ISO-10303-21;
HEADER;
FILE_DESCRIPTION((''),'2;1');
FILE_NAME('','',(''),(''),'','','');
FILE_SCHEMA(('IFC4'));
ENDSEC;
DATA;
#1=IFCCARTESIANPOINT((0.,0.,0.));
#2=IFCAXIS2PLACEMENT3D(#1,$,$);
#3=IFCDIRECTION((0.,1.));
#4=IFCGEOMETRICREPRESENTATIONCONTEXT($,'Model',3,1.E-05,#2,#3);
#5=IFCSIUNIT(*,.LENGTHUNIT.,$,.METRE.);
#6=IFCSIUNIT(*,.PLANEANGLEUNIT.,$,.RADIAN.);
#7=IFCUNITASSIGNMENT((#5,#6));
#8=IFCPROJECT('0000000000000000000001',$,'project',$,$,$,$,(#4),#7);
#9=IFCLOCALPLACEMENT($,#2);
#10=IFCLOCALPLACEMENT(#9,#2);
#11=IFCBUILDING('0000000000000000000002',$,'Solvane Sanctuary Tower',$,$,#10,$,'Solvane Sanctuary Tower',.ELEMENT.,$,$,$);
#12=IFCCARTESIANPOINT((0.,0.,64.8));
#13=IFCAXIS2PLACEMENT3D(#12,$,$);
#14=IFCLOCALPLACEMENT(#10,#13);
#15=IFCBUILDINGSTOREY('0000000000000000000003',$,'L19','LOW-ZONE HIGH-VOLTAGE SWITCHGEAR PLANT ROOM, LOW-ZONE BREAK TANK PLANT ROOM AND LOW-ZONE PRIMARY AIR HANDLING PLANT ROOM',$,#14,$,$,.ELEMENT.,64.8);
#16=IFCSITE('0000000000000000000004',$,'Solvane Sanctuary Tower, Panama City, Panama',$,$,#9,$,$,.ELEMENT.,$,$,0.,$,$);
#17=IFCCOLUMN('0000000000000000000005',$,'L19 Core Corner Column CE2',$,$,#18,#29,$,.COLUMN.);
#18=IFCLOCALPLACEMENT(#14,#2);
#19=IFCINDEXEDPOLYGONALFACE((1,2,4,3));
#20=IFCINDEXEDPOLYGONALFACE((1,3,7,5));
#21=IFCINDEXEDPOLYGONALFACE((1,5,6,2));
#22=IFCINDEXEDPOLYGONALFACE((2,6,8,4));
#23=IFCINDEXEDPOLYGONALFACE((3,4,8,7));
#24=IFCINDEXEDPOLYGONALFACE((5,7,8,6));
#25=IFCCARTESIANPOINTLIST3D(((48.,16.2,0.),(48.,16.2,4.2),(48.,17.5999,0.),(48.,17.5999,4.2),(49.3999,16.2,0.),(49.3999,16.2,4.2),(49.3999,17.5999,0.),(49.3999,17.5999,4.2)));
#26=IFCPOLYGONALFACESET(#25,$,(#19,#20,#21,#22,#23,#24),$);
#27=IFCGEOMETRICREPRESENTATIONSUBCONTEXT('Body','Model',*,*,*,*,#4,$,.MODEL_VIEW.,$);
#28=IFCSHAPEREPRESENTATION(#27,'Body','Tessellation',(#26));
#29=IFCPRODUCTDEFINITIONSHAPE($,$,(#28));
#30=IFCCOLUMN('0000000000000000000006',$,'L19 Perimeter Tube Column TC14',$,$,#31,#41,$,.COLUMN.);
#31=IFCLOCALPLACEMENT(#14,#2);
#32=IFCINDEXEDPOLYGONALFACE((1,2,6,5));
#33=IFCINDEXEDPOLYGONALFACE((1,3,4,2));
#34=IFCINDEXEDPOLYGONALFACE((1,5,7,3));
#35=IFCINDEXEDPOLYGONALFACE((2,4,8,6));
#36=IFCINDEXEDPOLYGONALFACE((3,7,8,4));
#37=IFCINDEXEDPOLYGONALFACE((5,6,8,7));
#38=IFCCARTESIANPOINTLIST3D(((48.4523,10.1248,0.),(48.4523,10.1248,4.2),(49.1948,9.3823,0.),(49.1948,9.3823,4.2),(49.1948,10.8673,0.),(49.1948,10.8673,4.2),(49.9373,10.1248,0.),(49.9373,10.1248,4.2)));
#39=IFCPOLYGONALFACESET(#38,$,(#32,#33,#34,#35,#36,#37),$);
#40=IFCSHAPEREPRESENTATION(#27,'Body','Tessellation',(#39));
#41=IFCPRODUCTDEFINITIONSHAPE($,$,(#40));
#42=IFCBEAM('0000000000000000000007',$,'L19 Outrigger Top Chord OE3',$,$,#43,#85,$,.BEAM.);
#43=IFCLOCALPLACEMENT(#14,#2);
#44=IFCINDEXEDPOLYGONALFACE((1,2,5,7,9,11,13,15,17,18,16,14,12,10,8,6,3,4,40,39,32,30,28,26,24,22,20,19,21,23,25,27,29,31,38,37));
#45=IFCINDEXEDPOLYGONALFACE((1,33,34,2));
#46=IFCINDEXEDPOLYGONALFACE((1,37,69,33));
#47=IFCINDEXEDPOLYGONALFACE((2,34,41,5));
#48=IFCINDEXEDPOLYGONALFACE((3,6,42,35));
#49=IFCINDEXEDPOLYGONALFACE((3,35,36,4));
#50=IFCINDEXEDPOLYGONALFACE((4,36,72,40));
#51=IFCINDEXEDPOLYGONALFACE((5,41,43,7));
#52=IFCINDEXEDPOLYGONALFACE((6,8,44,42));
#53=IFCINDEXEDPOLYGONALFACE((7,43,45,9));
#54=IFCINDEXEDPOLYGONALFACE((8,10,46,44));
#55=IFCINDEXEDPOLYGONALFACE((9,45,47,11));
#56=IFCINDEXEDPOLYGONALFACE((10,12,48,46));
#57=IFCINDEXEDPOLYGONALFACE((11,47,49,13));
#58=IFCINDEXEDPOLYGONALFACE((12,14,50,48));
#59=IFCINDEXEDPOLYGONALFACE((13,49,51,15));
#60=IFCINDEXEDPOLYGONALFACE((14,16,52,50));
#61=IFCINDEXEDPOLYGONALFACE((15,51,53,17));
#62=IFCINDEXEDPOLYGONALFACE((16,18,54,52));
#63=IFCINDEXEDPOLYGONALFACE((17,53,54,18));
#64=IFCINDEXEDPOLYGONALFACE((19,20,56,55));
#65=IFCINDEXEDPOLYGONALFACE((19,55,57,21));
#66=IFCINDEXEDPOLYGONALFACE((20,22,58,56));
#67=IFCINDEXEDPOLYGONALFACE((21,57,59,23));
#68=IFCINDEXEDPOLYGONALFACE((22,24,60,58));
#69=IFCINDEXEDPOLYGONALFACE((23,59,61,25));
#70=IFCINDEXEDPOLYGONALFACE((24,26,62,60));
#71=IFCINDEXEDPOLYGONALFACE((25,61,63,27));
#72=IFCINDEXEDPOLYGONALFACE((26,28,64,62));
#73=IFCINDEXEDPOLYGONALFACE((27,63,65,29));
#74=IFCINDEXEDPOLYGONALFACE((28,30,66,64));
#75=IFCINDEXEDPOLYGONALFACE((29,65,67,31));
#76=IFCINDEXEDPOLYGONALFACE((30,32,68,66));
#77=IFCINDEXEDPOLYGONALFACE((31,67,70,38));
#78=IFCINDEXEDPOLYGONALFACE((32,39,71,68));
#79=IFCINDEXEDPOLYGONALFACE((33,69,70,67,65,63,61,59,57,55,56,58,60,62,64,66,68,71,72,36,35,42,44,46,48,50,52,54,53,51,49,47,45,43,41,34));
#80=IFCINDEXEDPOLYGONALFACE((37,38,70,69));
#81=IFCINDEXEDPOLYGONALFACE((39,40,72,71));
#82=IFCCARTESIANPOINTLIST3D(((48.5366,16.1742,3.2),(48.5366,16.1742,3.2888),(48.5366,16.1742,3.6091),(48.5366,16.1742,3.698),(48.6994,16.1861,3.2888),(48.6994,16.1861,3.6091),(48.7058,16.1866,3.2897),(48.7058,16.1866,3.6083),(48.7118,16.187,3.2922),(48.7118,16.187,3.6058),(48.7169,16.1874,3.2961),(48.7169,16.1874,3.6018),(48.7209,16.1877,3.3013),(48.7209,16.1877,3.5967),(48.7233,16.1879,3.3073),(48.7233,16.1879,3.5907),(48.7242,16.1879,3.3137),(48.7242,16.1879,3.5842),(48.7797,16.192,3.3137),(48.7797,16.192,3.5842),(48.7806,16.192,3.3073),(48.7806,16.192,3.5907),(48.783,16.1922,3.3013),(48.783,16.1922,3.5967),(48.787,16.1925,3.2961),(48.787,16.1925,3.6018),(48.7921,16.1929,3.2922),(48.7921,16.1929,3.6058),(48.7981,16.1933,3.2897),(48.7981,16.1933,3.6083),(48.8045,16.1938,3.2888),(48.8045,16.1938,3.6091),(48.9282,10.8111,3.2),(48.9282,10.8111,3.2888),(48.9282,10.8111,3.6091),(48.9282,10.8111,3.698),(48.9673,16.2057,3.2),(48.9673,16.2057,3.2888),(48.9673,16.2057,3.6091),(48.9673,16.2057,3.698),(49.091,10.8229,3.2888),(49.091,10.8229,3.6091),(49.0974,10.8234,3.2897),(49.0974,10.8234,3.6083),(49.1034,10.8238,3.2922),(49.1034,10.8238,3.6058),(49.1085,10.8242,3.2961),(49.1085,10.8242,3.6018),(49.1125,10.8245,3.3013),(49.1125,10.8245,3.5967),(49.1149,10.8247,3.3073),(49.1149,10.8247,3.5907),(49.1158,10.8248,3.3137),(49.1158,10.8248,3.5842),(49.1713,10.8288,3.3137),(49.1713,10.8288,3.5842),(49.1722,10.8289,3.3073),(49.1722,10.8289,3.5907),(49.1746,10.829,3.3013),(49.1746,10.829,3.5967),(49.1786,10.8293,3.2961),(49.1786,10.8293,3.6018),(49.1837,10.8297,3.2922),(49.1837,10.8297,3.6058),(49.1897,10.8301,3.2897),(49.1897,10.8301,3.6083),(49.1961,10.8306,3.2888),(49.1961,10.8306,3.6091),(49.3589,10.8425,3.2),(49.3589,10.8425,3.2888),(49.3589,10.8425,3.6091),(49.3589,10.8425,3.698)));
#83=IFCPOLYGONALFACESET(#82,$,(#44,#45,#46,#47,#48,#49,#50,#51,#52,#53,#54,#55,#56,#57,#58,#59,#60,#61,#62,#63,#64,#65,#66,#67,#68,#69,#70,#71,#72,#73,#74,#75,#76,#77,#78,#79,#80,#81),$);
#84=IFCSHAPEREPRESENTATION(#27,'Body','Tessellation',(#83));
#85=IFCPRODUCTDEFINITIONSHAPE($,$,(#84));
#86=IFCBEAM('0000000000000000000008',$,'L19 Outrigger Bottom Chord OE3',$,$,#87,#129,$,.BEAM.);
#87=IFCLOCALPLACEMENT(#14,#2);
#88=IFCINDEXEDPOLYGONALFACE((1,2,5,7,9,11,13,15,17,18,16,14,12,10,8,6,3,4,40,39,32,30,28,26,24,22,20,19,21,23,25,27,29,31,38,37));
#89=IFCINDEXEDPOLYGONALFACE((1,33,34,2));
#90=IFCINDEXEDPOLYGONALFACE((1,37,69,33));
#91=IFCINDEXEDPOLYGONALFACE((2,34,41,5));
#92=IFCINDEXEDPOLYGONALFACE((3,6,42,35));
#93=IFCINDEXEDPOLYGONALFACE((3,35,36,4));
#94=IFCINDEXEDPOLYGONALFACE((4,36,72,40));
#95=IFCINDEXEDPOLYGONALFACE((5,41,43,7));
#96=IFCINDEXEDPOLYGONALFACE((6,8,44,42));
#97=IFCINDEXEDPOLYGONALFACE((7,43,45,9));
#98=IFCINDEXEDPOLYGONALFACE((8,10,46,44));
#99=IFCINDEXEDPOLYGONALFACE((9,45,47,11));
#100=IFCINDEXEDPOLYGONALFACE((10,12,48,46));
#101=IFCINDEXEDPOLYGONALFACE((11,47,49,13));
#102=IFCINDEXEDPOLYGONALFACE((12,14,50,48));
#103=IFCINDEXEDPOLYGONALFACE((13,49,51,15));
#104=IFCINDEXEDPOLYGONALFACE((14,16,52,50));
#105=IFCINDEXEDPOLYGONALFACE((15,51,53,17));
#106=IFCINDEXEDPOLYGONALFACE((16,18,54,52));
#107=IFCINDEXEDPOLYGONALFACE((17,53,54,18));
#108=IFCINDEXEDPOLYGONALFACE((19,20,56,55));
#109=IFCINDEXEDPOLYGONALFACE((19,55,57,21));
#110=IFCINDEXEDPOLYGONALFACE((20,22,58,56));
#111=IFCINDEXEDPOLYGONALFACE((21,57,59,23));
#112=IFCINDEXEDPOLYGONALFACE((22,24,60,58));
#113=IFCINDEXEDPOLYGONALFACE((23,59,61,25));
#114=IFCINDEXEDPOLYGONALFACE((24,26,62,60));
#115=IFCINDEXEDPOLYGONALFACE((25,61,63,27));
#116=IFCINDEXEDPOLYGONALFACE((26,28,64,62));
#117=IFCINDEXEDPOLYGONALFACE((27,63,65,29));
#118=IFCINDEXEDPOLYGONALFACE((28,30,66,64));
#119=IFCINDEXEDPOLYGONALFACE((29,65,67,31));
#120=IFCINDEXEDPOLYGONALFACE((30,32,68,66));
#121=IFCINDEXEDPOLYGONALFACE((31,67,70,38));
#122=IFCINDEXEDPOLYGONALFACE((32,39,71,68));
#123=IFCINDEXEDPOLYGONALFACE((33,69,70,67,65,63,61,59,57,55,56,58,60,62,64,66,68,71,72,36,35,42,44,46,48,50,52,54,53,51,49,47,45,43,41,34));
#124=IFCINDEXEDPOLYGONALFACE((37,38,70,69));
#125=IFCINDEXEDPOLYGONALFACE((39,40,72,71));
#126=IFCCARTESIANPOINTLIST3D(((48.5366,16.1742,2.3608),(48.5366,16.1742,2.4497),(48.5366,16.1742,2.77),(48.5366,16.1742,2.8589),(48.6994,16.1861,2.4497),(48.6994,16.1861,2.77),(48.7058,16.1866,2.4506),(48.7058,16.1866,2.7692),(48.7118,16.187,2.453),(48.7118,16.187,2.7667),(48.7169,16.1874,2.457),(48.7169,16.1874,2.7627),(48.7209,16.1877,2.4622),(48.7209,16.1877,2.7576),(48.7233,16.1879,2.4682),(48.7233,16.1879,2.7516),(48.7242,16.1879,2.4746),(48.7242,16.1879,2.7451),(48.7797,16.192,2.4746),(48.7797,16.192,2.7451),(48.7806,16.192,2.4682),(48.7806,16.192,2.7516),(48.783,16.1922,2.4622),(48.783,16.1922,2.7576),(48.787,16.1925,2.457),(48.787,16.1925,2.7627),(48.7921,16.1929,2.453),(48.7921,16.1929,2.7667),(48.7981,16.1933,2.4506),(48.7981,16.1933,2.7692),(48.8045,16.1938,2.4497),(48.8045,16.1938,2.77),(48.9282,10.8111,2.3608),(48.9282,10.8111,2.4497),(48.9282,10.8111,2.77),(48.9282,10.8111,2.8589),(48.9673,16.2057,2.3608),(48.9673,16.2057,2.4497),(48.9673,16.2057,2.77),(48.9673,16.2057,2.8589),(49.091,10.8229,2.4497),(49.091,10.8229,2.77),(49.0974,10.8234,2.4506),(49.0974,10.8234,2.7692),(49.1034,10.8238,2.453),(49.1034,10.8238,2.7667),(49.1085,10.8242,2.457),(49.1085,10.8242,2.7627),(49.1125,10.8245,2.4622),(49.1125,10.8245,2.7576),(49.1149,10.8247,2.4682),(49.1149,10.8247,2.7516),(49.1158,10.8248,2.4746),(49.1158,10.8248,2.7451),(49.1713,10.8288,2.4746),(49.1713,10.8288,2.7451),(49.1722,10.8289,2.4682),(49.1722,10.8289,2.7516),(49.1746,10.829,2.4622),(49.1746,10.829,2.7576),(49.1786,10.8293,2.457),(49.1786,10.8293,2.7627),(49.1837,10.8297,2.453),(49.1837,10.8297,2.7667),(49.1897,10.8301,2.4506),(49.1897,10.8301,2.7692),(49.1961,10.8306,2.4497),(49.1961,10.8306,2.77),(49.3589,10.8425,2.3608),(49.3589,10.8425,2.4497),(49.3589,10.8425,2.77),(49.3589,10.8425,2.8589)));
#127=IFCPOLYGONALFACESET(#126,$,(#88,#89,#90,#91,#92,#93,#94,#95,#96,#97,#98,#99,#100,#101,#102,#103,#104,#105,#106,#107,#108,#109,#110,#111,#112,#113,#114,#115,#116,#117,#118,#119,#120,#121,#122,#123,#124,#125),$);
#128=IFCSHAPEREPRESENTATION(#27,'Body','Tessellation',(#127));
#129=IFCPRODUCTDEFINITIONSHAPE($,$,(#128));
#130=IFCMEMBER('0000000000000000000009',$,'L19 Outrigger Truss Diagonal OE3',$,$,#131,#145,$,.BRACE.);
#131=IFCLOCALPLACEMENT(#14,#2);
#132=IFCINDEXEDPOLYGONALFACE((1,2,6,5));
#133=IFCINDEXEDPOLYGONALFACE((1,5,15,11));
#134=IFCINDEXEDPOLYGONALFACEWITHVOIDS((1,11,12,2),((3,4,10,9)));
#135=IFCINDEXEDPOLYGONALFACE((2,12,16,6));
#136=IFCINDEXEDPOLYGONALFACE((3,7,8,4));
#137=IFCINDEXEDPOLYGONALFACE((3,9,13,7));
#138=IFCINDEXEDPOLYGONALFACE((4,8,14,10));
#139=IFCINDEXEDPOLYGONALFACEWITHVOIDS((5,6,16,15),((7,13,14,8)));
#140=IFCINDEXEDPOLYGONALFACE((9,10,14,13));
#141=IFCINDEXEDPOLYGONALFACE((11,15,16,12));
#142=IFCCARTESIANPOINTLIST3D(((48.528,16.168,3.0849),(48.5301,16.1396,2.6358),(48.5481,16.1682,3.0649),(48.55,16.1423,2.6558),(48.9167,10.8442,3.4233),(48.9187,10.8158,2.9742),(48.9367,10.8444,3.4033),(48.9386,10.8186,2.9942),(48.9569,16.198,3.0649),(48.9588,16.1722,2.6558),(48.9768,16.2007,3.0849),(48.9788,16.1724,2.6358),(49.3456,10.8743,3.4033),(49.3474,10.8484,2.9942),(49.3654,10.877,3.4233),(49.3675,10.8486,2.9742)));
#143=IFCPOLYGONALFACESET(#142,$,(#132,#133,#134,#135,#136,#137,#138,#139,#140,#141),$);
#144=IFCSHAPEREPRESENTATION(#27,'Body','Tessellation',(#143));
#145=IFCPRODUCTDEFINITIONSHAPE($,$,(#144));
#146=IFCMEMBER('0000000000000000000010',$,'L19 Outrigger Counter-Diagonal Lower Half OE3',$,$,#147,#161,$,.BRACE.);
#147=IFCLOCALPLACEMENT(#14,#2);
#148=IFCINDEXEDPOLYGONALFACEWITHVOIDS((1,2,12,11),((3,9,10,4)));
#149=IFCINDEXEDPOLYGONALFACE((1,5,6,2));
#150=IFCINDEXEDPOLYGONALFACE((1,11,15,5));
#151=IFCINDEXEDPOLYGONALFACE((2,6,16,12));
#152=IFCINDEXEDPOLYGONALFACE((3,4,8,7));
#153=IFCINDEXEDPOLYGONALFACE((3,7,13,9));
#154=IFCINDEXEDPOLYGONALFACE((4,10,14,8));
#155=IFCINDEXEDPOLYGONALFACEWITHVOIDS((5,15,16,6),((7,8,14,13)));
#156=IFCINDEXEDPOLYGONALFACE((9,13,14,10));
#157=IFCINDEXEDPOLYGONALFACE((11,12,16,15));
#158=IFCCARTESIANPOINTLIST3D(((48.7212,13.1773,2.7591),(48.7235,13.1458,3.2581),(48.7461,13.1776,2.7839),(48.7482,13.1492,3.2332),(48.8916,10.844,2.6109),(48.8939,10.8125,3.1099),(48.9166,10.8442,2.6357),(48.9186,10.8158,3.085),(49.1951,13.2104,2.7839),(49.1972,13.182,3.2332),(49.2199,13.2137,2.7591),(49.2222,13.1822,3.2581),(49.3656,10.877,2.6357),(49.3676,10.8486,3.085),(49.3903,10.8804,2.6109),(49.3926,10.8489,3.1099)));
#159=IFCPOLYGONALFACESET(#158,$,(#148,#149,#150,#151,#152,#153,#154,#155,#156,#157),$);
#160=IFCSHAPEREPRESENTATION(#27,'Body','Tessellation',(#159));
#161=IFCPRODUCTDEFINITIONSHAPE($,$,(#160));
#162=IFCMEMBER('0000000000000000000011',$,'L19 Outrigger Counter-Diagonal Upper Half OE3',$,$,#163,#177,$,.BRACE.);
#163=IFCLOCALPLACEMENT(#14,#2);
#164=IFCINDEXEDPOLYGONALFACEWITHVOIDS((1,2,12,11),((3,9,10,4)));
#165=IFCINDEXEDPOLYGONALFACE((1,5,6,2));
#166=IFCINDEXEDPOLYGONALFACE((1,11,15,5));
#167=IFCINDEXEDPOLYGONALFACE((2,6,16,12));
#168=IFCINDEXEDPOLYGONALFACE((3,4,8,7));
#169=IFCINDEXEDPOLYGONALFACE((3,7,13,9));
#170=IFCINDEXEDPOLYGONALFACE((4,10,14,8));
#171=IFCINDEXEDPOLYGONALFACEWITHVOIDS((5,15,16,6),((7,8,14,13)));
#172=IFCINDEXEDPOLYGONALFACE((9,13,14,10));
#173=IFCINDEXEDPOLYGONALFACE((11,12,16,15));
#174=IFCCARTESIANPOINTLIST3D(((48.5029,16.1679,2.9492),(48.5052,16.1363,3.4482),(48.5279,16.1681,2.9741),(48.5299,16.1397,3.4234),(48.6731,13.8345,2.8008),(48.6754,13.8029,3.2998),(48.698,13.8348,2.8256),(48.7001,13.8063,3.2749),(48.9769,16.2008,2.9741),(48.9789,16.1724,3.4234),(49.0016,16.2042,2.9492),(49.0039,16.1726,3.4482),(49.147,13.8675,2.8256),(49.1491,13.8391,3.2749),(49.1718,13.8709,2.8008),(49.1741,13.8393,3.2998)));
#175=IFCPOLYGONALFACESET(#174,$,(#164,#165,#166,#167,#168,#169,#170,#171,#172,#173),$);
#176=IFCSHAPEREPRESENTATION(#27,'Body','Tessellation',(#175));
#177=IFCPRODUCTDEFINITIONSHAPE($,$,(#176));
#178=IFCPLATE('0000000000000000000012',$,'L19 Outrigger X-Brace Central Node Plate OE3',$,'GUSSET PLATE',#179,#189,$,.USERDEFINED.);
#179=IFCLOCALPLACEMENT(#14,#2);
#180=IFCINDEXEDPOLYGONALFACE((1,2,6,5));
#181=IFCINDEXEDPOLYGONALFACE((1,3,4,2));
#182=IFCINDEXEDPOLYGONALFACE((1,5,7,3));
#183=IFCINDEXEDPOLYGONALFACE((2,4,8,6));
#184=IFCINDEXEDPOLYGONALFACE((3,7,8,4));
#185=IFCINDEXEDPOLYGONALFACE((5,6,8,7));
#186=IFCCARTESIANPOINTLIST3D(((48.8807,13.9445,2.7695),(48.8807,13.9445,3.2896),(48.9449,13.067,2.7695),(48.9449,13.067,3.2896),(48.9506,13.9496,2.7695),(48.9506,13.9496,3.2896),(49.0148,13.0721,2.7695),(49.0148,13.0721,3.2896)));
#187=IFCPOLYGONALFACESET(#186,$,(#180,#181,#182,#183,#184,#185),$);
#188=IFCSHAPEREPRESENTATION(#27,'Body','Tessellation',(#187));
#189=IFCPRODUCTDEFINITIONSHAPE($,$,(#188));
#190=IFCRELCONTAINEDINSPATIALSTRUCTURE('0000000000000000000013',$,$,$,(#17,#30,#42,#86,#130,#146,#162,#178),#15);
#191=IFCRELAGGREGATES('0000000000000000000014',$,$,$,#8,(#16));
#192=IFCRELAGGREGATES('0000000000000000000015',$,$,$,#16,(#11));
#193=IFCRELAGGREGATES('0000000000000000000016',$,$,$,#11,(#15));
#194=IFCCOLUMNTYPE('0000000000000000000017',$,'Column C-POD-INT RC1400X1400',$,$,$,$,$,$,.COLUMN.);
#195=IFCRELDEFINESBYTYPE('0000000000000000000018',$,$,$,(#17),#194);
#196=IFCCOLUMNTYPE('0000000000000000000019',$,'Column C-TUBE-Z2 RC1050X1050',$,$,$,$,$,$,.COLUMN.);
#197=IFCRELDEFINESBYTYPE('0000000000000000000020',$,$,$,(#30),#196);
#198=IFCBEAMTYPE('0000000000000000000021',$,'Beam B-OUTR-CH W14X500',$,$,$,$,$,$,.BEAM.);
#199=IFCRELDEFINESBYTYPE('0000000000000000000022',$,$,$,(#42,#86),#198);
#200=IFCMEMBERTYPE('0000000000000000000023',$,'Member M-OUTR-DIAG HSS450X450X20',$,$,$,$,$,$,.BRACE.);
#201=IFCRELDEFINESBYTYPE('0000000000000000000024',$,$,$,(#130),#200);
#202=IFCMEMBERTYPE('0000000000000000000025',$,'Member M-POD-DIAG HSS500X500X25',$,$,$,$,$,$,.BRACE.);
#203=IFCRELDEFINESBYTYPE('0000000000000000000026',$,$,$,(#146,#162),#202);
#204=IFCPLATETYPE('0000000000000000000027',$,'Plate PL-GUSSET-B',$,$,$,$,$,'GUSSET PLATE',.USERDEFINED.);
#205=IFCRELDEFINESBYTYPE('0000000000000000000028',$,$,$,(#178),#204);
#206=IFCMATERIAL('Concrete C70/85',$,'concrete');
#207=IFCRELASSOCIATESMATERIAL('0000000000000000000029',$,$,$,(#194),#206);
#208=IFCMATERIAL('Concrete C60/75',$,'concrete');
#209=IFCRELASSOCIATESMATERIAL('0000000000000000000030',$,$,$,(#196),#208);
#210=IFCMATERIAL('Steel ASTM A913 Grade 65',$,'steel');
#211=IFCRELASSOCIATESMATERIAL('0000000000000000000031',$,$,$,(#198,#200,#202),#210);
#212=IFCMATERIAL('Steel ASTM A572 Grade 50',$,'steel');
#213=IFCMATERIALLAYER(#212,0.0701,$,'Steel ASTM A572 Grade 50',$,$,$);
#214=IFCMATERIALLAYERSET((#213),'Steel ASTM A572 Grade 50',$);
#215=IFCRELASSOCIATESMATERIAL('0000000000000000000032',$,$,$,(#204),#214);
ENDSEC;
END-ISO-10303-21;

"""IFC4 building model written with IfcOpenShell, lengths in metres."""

from ifc_helpers import new_model, si_unit, direction, frame, origin, origin_2d, place, context, subcontext, project, spatial, rectangle, hollow_rectangle, i_section, extrude, material, layer, layer_set, material_profile, profile_set, type_object, element, save


model = new_model("IFC4")

# Units and contexts
model_context = context("Model", 3, precision=1e-05, world=origin(), true_north=direction((0.0, 1.0)))
body_context = subcontext(model_context, "Body", "Model", "MODEL_VIEW")
ifc_project = project(units=[si_unit("LENGTHUNIT", "METRE"), si_unit("PLANEANGLEUNIT", "RADIAN")], contexts=[model_context])

# Site, building, storey
site_placement = place(None, origin())
site = spatial("IfcSite", under=ifc_project, at=site_placement, Name="Solvane Sanctuary Tower, Panama City, Panama", CompositionType="ELEMENT", RefElevation=0.0)
building_placement = place(site_placement, origin())
building = spatial("IfcBuilding", under=site, at=building_placement, Name="Solvane Sanctuary Tower", LongName="Solvane Sanctuary Tower", CompositionType="ELEMENT")
storey_placement = place(building_placement, frame((0.0, 0.0, 64.8)))
storey = spatial("IfcBuildingStorey", under=building, at=storey_placement, Name="L19", Description="LOW-ZONE HIGH-VOLTAGE SWITCHGEAR PLANT ROOM, LOW-ZONE BREAK TANK PLANT ROOM AND LOW-ZONE PRIMARY AIR HANDLING PLANT ROOM", CompositionType="ELEMENT", Elevation=64.8)

# Columns
ifc_material_1 = material(Name="Concrete C70/85", Category="concrete")
ifc_material_profile_1 = material_profile(ifc_material_1, rectangle(XDim=1.3999, YDim=1.3999, at=origin_2d()), Name="RC1400X1400")
ifc_profile_set_1 = profile_set([ifc_material_profile_1], Name="Concrete C70/85")
column_type_1 = type_object("IfcColumnType", Name="Column C-POD-INT RC1400X1400", PredefinedType="COLUMN", material=ifc_profile_set_1)
column_1_placement = place(storey_placement, frame((48.7, 16.8999, 0.0), z_axis=(0.0, 0.0, 1.0), x_axis=(1.0, 0.0, 0.0)))
element("IfcColumn", 1, at=column_1_placement, inside=storey, type_object=column_type_1, Name="L19 Core Corner Column CE2", PredefinedType="COLUMN", context=body_context, shape_type="SweptSolid", body=[
    extrude(rectangle(XDim=1.3999, YDim=1.3999, at=origin_2d()), origin(), (0.0, 0.0, 1.0), 4.2),
])
ifc_material_2 = material(Name="Concrete C60/75", Category="concrete")
ifc_material_profile_2 = material_profile(ifc_material_2, rectangle(XDim=1.05, YDim=1.05, at=origin_2d()), Name="RC1050X1050")
ifc_profile_set_2 = profile_set([ifc_material_profile_2], Name="Concrete C60/75")
column_type_2 = type_object("IfcColumnType", Name="Column C-TUBE-Z2 RC1050X1050", PredefinedType="COLUMN", material=ifc_profile_set_2)
column_2_placement = place(storey_placement, frame((49.1948, 10.1248, 0.0), z_axis=(0.0, 0.0, 1.0), x_axis=(0.707107, -0.707107, 0.0)))
element("IfcColumn", 2, at=column_2_placement, inside=storey, type_object=column_type_2, Name="L19 Perimeter Tube Column TC14", PredefinedType="COLUMN", context=body_context, shape_type="SweptSolid", body=[
    extrude(rectangle(XDim=1.05, YDim=1.05, at=origin_2d()), origin(), (0.0, 0.0, 1.0), 4.2),
])

# Beams
ifc_material_3 = material(Name="Steel ASTM A913 Grade 65", Category="steel")
ifc_material_profile_3 = material_profile(ifc_material_3, i_section(OverallWidth=0.4319, OverallDepth=0.498, WebThickness=0.0557, FlangeThickness=0.0889, FilletRadius=0.0249, at=origin_2d()), Name="W14X500")
ifc_profile_set_3 = profile_set([ifc_material_profile_3], Name="Steel ASTM A913 Grade 65")
beam_type = type_object("IfcBeamType", Name="Beam B-OUTR-CH W14X500", PredefinedType="BEAM", material=ifc_profile_set_3)
for number, where, z_axis, x_axis, name in (
    (3, (48.752, 16.1899, 3.449), (0.072821, -0.997345, 0.0), (0.997345, 0.072821, 0.0), "L19 Outrigger Top Chord OE3"),
    (4, (48.752, 16.1899, 2.6099), (0.072821, -0.997345, 0.0), (0.997345, 0.072821, 0.0), "L19 Outrigger Bottom Chord OE3"),
):
    element("IfcBeam", number, at=place(storey_placement, frame(where, z_axis=z_axis, x_axis=x_axis)), inside=storey, type_object=beam_type, Name=name, PredefinedType="BEAM", context=body_context, shape_type="SweptSolid", body=[
        extrude(i_section(OverallWidth=0.4319, OverallDepth=0.498, WebThickness=0.0557, FlangeThickness=0.0889, FilletRadius=0.0249, at=origin_2d()), origin(), (0.0, 0.0, 1.0), 5.3774),
    ])

# Members
ifc_material_profile_4 = material_profile(ifc_material_3, hollow_rectangle(XDim=0.45, YDim=0.45, WallThickness=0.02, at=origin_2d()), Name="HSS450X450X20")
ifc_profile_set_4 = profile_set([ifc_material_profile_4], Name="Steel ASTM A913 Grade 65")
member_type_1 = type_object("IfcMemberType", Name="Member M-OUTR-DIAG HSS450X450X20", PredefinedType="BRACE", material=ifc_profile_set_4)
member_placement = place(storey_placement, frame((48.7534, 16.1702, 2.8604), z_axis=(0.072668, -0.995348, 0.063265), x_axis=(0.997346, 0.072814, 0.0)))
element("IfcMember", 5, at=member_placement, inside=storey, type_object=member_type_1, Name="L19 Outrigger Truss Diagonal OE3", PredefinedType="BRACE", context=body_context, shape_type="SweptSolid", body=[
    extrude(hollow_rectangle(XDim=0.45, YDim=0.45, WallThickness=0.02, at=origin_2d()), origin(), (0.0, 0.0, 1.0), 5.3486),
])
ifc_material_profile_5 = material_profile(ifc_material_3, hollow_rectangle(XDim=0.5, YDim=0.5, WallThickness=0.0249, at=origin_2d()), Name="HSS500X500X25")
ifc_profile_set_5 = profile_set([ifc_material_profile_5], Name="Steel ASTM A913 Grade 65")
member_type_2 = type_object("IfcMemberType", Name="Member M-POD-DIAG HSS500X500X25", PredefinedType="BRACE", material=ifc_profile_set_5)
for number, where, z_axis, x_axis, name in (
    (6, (49.1421, 10.8464, 2.8604), (-0.072696, 0.995349, 0.063218), (-0.997344, -0.072841, 0.0), "L19 Outrigger Counter-Diagonal Lower Half OE3"),
    (7, (48.9236, 13.8369, 3.0503), (-0.072592, 0.99535, 0.063322), (-0.997351, -0.072738, 0.0), "L19 Outrigger Counter-Diagonal Upper Half OE3"),
):
    element("IfcMember", number, at=place(storey_placement, frame(where, z_axis=z_axis, x_axis=x_axis)), inside=storey, type_object=member_type_2, Name=name, PredefinedType="BRACE", context=body_context, shape_type="SweptSolid", body=[
        extrude(hollow_rectangle(XDim=0.5, YDim=0.5, WallThickness=0.0249, at=origin_2d()), origin(), (0.0, 0.0, 1.0), 2.3442),
    ])

# Plate
ifc_material_4 = material(Name="Steel ASTM A572 Grade 50", Category="steel")
ifc_layer_1 = layer(ifc_material_4, 0.0701, Name="Steel ASTM A572 Grade 50")
ifc_layer_set_1 = layer_set([ifc_layer_1], Name="Steel ASTM A572 Grade 50")
plate_type = type_object("IfcPlateType", Name="Plate PL-GUSSET-B", ElementType="GUSSET PLATE", PredefinedType="USERDEFINED", material=ifc_layer_set_1)
plate_1_placement = place(storey_placement, frame((48.9478, 13.5083, 2.7695), z_axis=(0.0, 0.0, 1.0), x_axis=(0.07289, -0.99734, 0.0)))
element("IfcPlate", 8, at=plate_1_placement, inside=storey, type_object=plate_type, Name="L19 Outrigger X-Brace Central Node Plate OE3", ObjectType="GUSSET PLATE", PredefinedType="USERDEFINED", context=body_context, shape_type="SweptSolid", body=[
    extrude(rectangle(XDim=0.8799, YDim=0.0701, at=origin_2d()), origin(), (0.0, 0.0, 1.0), 0.52),
])

save(model, "model.ifc")
